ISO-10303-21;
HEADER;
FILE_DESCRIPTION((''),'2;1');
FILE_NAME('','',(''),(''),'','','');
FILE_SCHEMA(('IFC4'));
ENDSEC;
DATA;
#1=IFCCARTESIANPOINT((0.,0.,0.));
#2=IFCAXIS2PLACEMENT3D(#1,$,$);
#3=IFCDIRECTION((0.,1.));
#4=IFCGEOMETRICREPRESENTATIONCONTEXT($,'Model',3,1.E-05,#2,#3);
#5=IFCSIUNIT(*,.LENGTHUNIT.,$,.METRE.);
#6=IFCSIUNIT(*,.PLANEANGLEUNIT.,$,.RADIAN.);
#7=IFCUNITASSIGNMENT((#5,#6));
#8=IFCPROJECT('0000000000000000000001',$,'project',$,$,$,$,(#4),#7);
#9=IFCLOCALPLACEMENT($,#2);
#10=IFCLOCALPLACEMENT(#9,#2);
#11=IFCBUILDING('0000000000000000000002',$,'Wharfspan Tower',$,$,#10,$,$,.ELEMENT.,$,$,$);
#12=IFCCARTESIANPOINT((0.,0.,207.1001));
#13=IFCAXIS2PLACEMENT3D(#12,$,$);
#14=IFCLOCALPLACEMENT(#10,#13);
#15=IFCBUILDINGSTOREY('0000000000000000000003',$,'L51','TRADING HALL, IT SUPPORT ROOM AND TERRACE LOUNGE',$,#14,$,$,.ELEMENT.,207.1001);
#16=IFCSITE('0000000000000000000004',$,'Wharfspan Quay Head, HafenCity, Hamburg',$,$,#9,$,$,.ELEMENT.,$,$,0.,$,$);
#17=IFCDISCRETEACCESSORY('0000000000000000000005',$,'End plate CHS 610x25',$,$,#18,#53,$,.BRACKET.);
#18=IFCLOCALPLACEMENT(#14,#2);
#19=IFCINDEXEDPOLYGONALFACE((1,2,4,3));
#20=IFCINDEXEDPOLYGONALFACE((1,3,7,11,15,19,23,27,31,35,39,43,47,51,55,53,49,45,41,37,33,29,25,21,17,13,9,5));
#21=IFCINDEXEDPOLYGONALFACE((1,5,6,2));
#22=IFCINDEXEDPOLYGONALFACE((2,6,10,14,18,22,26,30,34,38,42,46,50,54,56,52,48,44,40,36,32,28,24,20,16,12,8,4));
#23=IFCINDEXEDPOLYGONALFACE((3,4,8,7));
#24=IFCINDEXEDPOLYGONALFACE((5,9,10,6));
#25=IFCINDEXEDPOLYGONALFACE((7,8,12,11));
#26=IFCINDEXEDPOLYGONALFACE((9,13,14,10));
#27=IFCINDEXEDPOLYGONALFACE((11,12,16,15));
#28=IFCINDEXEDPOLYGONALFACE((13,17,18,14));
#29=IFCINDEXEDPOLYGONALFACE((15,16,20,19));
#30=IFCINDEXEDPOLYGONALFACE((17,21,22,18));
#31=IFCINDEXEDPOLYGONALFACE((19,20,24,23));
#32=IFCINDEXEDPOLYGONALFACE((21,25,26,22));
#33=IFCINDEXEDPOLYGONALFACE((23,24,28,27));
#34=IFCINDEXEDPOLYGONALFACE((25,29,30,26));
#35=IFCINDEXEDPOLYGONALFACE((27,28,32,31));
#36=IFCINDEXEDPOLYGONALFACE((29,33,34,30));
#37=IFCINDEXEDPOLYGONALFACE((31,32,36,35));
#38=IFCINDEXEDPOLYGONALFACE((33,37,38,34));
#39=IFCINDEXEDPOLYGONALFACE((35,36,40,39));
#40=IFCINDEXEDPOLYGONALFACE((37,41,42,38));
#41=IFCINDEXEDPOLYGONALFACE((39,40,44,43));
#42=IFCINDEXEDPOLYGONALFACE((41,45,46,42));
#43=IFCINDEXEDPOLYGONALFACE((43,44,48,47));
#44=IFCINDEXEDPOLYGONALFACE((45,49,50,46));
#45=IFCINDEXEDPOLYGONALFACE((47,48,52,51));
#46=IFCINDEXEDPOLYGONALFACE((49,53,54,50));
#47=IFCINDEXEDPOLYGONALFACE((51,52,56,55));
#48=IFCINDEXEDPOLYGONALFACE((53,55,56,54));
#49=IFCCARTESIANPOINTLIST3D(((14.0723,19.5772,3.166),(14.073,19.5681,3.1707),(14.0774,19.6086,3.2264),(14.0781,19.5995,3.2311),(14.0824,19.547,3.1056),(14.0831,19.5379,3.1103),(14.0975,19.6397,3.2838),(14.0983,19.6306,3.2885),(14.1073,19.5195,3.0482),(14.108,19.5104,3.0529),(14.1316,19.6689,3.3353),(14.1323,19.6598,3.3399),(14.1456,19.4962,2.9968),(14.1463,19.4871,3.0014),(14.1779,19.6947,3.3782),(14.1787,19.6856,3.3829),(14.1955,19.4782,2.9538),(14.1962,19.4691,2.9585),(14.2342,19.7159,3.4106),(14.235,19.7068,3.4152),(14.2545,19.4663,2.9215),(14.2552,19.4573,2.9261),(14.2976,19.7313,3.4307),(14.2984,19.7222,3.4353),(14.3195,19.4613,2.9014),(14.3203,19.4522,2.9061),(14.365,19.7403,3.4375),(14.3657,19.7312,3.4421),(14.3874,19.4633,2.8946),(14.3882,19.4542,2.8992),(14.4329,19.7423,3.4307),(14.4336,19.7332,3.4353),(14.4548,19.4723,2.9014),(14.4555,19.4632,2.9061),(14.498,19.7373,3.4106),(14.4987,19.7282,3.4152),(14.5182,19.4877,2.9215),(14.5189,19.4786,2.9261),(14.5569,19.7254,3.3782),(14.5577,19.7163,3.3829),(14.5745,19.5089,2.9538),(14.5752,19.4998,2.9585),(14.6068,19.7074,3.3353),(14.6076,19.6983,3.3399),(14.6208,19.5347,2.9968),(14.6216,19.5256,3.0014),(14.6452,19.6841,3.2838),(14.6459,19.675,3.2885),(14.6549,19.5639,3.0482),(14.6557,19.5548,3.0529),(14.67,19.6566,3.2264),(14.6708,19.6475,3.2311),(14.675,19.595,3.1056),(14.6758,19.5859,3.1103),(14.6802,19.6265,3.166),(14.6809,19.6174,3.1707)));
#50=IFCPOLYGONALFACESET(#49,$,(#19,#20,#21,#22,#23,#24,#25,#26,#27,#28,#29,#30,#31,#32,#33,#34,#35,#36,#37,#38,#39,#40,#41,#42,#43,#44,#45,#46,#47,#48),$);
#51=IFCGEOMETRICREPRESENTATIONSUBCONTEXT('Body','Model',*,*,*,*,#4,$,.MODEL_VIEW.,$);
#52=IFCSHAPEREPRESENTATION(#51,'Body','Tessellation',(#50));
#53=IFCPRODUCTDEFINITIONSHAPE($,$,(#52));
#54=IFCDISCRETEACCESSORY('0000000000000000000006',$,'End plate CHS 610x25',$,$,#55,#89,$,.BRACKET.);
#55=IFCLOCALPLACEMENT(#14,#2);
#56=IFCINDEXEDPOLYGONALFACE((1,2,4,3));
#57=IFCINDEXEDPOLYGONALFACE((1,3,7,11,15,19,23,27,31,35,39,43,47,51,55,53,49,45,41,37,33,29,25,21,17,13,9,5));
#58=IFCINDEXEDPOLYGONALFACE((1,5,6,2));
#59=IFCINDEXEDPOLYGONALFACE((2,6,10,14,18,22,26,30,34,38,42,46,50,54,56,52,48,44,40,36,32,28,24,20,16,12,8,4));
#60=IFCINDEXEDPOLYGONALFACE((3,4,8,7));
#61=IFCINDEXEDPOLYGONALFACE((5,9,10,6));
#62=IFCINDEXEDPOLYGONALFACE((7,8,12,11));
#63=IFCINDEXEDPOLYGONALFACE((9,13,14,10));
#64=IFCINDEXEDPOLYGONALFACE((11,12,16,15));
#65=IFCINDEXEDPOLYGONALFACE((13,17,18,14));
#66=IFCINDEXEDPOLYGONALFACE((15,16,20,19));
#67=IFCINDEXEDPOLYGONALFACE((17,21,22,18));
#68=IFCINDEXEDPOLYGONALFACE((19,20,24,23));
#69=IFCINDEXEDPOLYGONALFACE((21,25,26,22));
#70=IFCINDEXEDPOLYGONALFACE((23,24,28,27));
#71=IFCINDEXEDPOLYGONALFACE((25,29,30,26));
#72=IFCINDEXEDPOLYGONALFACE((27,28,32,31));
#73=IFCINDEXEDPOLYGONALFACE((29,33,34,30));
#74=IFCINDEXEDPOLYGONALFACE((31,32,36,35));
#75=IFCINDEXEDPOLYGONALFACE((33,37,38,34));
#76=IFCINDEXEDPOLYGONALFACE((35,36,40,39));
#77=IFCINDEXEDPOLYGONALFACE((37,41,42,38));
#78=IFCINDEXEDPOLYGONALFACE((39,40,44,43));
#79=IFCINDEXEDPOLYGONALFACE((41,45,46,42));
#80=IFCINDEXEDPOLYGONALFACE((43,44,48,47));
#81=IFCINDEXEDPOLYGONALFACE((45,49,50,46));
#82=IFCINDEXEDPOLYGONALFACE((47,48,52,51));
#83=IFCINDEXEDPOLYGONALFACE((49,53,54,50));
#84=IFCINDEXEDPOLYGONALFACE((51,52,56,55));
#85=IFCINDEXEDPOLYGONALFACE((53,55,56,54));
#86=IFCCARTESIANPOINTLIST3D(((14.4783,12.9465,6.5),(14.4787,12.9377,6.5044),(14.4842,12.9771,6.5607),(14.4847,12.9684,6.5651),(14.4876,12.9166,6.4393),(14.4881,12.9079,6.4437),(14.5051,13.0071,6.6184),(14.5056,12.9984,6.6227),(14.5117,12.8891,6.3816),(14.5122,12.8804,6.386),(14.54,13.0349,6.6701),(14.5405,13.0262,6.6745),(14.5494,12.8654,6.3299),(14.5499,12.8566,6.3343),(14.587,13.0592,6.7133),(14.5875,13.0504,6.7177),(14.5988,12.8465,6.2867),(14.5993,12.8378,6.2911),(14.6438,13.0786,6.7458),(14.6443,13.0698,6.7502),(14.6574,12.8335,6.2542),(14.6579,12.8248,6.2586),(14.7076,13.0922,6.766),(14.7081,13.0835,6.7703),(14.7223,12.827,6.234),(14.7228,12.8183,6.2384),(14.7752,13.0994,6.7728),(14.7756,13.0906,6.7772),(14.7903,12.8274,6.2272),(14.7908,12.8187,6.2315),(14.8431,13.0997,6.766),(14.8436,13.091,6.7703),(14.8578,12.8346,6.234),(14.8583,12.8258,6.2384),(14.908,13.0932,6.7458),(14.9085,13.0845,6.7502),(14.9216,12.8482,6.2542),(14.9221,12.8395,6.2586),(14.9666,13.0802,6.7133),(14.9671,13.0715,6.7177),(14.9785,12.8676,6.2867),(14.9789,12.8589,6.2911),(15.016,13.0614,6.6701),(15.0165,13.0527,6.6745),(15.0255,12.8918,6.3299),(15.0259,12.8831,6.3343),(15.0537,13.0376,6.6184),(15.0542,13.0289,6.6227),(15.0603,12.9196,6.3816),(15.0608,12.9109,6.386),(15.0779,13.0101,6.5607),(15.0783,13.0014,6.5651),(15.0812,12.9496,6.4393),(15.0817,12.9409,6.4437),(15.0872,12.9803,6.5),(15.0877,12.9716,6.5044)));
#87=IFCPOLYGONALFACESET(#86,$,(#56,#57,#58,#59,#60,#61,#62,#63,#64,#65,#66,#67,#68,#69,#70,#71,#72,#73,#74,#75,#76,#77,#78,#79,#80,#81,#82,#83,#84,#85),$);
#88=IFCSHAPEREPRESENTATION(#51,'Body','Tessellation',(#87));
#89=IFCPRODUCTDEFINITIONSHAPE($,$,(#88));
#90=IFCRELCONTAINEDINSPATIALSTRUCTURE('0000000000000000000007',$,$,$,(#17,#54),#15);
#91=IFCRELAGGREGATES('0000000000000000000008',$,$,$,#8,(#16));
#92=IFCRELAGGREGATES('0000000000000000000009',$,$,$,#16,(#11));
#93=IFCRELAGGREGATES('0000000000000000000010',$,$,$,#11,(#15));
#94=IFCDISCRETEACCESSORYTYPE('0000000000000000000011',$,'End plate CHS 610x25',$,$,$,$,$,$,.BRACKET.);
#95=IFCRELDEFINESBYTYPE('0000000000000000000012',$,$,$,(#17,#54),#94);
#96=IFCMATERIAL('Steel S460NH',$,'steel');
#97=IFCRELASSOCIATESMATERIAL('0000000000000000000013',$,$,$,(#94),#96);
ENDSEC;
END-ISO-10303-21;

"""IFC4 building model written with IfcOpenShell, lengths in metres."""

from ifc_helpers import new_model, si_unit, direction, frame, origin, origin_2d, place, context, subcontext, project, spatial, circle, extrude, material, material_profile, profile_set, type_object, element, save


model = new_model("IFC4")

# Units and contexts
model_context = context("Model", 3, precision=1e-05, world=origin(), true_north=direction((0.0, 1.0)))
body_context = subcontext(model_context, "Body", "Model", "MODEL_VIEW")
ifc_project = project(units=[si_unit("LENGTHUNIT", "METRE"), si_unit("PLANEANGLEUNIT", "RADIAN")], contexts=[model_context])

# Site, building, storey
site_placement = place(None, origin())
site = spatial("IfcSite", under=ifc_project, at=site_placement, Name="Wharfspan Quay Head, HafenCity, Hamburg", CompositionType="ELEMENT", RefElevation=0.0)
building_placement = place(site_placement, origin())
building = spatial("IfcBuilding", under=site, at=building_placement, Name="Wharfspan Tower", CompositionType="ELEMENT")
storey_placement = place(building_placement, frame((0.0, 0.0, 207.1001)))
storey = spatial("IfcBuildingStorey", under=building, at=storey_placement, Name="L51", Description="TRADING HALL, IT SUPPORT ROOM AND TERRACE LOUNGE", CompositionType="ELEMENT", Elevation=207.1001)

# Shared definitions
ifc_material_1 = material(Name="Steel S460NH", Category="steel")

# Discrete accessories
ifc_material_profile_1 = material_profile(ifc_material_1, circle(Radius=0.3049, at=origin_2d()))
ifc_profile_set_1 = profile_set([ifc_material_profile_1], Name="Steel S460NH")
discrete_accessory_type = type_object("IfcDiscreteAccessoryType", Name="End plate CHS 610x25", PredefinedType="BRACKET", material=ifc_profile_set_1)
discrete_accessory_1_placement = place(storey_placement, frame((14.3762, 19.6018, 3.166), z_axis=(0.07194, -0.887262, 0.455621), x_axis=(0.996733, 0.080816, 0.0)))
element("IfcDiscreteAccessory", 1, at=discrete_accessory_1_placement, inside=storey, type_object=discrete_accessory_type, Name="End plate CHS 610x25", PredefinedType="BRACKET", context=body_context, shape_type="SweptSolid", body=[
    extrude(circle(Radius=0.3049, at=origin_2d()), origin(), (0.0, 0.0, 1.0), 0.0103),
])
discrete_accessory_2_placement = place(storey_placement, frame((14.7827, 12.9634, 6.5), z_axis=(0.049629, -0.893325, 0.446663), x_axis=(0.998463, 0.05547, 0.0)))
element("IfcDiscreteAccessory", 2, at=discrete_accessory_2_placement, inside=storey, type_object=discrete_accessory_type, Name="End plate CHS 610x25", PredefinedType="BRACKET", context=body_context, shape_type="SweptSolid", body=[
    extrude(circle(Radius=0.3049, at=origin_2d()), origin(), (0.0, 0.0, 1.0), 0.0098),
])

save(model, "model.ifc")
